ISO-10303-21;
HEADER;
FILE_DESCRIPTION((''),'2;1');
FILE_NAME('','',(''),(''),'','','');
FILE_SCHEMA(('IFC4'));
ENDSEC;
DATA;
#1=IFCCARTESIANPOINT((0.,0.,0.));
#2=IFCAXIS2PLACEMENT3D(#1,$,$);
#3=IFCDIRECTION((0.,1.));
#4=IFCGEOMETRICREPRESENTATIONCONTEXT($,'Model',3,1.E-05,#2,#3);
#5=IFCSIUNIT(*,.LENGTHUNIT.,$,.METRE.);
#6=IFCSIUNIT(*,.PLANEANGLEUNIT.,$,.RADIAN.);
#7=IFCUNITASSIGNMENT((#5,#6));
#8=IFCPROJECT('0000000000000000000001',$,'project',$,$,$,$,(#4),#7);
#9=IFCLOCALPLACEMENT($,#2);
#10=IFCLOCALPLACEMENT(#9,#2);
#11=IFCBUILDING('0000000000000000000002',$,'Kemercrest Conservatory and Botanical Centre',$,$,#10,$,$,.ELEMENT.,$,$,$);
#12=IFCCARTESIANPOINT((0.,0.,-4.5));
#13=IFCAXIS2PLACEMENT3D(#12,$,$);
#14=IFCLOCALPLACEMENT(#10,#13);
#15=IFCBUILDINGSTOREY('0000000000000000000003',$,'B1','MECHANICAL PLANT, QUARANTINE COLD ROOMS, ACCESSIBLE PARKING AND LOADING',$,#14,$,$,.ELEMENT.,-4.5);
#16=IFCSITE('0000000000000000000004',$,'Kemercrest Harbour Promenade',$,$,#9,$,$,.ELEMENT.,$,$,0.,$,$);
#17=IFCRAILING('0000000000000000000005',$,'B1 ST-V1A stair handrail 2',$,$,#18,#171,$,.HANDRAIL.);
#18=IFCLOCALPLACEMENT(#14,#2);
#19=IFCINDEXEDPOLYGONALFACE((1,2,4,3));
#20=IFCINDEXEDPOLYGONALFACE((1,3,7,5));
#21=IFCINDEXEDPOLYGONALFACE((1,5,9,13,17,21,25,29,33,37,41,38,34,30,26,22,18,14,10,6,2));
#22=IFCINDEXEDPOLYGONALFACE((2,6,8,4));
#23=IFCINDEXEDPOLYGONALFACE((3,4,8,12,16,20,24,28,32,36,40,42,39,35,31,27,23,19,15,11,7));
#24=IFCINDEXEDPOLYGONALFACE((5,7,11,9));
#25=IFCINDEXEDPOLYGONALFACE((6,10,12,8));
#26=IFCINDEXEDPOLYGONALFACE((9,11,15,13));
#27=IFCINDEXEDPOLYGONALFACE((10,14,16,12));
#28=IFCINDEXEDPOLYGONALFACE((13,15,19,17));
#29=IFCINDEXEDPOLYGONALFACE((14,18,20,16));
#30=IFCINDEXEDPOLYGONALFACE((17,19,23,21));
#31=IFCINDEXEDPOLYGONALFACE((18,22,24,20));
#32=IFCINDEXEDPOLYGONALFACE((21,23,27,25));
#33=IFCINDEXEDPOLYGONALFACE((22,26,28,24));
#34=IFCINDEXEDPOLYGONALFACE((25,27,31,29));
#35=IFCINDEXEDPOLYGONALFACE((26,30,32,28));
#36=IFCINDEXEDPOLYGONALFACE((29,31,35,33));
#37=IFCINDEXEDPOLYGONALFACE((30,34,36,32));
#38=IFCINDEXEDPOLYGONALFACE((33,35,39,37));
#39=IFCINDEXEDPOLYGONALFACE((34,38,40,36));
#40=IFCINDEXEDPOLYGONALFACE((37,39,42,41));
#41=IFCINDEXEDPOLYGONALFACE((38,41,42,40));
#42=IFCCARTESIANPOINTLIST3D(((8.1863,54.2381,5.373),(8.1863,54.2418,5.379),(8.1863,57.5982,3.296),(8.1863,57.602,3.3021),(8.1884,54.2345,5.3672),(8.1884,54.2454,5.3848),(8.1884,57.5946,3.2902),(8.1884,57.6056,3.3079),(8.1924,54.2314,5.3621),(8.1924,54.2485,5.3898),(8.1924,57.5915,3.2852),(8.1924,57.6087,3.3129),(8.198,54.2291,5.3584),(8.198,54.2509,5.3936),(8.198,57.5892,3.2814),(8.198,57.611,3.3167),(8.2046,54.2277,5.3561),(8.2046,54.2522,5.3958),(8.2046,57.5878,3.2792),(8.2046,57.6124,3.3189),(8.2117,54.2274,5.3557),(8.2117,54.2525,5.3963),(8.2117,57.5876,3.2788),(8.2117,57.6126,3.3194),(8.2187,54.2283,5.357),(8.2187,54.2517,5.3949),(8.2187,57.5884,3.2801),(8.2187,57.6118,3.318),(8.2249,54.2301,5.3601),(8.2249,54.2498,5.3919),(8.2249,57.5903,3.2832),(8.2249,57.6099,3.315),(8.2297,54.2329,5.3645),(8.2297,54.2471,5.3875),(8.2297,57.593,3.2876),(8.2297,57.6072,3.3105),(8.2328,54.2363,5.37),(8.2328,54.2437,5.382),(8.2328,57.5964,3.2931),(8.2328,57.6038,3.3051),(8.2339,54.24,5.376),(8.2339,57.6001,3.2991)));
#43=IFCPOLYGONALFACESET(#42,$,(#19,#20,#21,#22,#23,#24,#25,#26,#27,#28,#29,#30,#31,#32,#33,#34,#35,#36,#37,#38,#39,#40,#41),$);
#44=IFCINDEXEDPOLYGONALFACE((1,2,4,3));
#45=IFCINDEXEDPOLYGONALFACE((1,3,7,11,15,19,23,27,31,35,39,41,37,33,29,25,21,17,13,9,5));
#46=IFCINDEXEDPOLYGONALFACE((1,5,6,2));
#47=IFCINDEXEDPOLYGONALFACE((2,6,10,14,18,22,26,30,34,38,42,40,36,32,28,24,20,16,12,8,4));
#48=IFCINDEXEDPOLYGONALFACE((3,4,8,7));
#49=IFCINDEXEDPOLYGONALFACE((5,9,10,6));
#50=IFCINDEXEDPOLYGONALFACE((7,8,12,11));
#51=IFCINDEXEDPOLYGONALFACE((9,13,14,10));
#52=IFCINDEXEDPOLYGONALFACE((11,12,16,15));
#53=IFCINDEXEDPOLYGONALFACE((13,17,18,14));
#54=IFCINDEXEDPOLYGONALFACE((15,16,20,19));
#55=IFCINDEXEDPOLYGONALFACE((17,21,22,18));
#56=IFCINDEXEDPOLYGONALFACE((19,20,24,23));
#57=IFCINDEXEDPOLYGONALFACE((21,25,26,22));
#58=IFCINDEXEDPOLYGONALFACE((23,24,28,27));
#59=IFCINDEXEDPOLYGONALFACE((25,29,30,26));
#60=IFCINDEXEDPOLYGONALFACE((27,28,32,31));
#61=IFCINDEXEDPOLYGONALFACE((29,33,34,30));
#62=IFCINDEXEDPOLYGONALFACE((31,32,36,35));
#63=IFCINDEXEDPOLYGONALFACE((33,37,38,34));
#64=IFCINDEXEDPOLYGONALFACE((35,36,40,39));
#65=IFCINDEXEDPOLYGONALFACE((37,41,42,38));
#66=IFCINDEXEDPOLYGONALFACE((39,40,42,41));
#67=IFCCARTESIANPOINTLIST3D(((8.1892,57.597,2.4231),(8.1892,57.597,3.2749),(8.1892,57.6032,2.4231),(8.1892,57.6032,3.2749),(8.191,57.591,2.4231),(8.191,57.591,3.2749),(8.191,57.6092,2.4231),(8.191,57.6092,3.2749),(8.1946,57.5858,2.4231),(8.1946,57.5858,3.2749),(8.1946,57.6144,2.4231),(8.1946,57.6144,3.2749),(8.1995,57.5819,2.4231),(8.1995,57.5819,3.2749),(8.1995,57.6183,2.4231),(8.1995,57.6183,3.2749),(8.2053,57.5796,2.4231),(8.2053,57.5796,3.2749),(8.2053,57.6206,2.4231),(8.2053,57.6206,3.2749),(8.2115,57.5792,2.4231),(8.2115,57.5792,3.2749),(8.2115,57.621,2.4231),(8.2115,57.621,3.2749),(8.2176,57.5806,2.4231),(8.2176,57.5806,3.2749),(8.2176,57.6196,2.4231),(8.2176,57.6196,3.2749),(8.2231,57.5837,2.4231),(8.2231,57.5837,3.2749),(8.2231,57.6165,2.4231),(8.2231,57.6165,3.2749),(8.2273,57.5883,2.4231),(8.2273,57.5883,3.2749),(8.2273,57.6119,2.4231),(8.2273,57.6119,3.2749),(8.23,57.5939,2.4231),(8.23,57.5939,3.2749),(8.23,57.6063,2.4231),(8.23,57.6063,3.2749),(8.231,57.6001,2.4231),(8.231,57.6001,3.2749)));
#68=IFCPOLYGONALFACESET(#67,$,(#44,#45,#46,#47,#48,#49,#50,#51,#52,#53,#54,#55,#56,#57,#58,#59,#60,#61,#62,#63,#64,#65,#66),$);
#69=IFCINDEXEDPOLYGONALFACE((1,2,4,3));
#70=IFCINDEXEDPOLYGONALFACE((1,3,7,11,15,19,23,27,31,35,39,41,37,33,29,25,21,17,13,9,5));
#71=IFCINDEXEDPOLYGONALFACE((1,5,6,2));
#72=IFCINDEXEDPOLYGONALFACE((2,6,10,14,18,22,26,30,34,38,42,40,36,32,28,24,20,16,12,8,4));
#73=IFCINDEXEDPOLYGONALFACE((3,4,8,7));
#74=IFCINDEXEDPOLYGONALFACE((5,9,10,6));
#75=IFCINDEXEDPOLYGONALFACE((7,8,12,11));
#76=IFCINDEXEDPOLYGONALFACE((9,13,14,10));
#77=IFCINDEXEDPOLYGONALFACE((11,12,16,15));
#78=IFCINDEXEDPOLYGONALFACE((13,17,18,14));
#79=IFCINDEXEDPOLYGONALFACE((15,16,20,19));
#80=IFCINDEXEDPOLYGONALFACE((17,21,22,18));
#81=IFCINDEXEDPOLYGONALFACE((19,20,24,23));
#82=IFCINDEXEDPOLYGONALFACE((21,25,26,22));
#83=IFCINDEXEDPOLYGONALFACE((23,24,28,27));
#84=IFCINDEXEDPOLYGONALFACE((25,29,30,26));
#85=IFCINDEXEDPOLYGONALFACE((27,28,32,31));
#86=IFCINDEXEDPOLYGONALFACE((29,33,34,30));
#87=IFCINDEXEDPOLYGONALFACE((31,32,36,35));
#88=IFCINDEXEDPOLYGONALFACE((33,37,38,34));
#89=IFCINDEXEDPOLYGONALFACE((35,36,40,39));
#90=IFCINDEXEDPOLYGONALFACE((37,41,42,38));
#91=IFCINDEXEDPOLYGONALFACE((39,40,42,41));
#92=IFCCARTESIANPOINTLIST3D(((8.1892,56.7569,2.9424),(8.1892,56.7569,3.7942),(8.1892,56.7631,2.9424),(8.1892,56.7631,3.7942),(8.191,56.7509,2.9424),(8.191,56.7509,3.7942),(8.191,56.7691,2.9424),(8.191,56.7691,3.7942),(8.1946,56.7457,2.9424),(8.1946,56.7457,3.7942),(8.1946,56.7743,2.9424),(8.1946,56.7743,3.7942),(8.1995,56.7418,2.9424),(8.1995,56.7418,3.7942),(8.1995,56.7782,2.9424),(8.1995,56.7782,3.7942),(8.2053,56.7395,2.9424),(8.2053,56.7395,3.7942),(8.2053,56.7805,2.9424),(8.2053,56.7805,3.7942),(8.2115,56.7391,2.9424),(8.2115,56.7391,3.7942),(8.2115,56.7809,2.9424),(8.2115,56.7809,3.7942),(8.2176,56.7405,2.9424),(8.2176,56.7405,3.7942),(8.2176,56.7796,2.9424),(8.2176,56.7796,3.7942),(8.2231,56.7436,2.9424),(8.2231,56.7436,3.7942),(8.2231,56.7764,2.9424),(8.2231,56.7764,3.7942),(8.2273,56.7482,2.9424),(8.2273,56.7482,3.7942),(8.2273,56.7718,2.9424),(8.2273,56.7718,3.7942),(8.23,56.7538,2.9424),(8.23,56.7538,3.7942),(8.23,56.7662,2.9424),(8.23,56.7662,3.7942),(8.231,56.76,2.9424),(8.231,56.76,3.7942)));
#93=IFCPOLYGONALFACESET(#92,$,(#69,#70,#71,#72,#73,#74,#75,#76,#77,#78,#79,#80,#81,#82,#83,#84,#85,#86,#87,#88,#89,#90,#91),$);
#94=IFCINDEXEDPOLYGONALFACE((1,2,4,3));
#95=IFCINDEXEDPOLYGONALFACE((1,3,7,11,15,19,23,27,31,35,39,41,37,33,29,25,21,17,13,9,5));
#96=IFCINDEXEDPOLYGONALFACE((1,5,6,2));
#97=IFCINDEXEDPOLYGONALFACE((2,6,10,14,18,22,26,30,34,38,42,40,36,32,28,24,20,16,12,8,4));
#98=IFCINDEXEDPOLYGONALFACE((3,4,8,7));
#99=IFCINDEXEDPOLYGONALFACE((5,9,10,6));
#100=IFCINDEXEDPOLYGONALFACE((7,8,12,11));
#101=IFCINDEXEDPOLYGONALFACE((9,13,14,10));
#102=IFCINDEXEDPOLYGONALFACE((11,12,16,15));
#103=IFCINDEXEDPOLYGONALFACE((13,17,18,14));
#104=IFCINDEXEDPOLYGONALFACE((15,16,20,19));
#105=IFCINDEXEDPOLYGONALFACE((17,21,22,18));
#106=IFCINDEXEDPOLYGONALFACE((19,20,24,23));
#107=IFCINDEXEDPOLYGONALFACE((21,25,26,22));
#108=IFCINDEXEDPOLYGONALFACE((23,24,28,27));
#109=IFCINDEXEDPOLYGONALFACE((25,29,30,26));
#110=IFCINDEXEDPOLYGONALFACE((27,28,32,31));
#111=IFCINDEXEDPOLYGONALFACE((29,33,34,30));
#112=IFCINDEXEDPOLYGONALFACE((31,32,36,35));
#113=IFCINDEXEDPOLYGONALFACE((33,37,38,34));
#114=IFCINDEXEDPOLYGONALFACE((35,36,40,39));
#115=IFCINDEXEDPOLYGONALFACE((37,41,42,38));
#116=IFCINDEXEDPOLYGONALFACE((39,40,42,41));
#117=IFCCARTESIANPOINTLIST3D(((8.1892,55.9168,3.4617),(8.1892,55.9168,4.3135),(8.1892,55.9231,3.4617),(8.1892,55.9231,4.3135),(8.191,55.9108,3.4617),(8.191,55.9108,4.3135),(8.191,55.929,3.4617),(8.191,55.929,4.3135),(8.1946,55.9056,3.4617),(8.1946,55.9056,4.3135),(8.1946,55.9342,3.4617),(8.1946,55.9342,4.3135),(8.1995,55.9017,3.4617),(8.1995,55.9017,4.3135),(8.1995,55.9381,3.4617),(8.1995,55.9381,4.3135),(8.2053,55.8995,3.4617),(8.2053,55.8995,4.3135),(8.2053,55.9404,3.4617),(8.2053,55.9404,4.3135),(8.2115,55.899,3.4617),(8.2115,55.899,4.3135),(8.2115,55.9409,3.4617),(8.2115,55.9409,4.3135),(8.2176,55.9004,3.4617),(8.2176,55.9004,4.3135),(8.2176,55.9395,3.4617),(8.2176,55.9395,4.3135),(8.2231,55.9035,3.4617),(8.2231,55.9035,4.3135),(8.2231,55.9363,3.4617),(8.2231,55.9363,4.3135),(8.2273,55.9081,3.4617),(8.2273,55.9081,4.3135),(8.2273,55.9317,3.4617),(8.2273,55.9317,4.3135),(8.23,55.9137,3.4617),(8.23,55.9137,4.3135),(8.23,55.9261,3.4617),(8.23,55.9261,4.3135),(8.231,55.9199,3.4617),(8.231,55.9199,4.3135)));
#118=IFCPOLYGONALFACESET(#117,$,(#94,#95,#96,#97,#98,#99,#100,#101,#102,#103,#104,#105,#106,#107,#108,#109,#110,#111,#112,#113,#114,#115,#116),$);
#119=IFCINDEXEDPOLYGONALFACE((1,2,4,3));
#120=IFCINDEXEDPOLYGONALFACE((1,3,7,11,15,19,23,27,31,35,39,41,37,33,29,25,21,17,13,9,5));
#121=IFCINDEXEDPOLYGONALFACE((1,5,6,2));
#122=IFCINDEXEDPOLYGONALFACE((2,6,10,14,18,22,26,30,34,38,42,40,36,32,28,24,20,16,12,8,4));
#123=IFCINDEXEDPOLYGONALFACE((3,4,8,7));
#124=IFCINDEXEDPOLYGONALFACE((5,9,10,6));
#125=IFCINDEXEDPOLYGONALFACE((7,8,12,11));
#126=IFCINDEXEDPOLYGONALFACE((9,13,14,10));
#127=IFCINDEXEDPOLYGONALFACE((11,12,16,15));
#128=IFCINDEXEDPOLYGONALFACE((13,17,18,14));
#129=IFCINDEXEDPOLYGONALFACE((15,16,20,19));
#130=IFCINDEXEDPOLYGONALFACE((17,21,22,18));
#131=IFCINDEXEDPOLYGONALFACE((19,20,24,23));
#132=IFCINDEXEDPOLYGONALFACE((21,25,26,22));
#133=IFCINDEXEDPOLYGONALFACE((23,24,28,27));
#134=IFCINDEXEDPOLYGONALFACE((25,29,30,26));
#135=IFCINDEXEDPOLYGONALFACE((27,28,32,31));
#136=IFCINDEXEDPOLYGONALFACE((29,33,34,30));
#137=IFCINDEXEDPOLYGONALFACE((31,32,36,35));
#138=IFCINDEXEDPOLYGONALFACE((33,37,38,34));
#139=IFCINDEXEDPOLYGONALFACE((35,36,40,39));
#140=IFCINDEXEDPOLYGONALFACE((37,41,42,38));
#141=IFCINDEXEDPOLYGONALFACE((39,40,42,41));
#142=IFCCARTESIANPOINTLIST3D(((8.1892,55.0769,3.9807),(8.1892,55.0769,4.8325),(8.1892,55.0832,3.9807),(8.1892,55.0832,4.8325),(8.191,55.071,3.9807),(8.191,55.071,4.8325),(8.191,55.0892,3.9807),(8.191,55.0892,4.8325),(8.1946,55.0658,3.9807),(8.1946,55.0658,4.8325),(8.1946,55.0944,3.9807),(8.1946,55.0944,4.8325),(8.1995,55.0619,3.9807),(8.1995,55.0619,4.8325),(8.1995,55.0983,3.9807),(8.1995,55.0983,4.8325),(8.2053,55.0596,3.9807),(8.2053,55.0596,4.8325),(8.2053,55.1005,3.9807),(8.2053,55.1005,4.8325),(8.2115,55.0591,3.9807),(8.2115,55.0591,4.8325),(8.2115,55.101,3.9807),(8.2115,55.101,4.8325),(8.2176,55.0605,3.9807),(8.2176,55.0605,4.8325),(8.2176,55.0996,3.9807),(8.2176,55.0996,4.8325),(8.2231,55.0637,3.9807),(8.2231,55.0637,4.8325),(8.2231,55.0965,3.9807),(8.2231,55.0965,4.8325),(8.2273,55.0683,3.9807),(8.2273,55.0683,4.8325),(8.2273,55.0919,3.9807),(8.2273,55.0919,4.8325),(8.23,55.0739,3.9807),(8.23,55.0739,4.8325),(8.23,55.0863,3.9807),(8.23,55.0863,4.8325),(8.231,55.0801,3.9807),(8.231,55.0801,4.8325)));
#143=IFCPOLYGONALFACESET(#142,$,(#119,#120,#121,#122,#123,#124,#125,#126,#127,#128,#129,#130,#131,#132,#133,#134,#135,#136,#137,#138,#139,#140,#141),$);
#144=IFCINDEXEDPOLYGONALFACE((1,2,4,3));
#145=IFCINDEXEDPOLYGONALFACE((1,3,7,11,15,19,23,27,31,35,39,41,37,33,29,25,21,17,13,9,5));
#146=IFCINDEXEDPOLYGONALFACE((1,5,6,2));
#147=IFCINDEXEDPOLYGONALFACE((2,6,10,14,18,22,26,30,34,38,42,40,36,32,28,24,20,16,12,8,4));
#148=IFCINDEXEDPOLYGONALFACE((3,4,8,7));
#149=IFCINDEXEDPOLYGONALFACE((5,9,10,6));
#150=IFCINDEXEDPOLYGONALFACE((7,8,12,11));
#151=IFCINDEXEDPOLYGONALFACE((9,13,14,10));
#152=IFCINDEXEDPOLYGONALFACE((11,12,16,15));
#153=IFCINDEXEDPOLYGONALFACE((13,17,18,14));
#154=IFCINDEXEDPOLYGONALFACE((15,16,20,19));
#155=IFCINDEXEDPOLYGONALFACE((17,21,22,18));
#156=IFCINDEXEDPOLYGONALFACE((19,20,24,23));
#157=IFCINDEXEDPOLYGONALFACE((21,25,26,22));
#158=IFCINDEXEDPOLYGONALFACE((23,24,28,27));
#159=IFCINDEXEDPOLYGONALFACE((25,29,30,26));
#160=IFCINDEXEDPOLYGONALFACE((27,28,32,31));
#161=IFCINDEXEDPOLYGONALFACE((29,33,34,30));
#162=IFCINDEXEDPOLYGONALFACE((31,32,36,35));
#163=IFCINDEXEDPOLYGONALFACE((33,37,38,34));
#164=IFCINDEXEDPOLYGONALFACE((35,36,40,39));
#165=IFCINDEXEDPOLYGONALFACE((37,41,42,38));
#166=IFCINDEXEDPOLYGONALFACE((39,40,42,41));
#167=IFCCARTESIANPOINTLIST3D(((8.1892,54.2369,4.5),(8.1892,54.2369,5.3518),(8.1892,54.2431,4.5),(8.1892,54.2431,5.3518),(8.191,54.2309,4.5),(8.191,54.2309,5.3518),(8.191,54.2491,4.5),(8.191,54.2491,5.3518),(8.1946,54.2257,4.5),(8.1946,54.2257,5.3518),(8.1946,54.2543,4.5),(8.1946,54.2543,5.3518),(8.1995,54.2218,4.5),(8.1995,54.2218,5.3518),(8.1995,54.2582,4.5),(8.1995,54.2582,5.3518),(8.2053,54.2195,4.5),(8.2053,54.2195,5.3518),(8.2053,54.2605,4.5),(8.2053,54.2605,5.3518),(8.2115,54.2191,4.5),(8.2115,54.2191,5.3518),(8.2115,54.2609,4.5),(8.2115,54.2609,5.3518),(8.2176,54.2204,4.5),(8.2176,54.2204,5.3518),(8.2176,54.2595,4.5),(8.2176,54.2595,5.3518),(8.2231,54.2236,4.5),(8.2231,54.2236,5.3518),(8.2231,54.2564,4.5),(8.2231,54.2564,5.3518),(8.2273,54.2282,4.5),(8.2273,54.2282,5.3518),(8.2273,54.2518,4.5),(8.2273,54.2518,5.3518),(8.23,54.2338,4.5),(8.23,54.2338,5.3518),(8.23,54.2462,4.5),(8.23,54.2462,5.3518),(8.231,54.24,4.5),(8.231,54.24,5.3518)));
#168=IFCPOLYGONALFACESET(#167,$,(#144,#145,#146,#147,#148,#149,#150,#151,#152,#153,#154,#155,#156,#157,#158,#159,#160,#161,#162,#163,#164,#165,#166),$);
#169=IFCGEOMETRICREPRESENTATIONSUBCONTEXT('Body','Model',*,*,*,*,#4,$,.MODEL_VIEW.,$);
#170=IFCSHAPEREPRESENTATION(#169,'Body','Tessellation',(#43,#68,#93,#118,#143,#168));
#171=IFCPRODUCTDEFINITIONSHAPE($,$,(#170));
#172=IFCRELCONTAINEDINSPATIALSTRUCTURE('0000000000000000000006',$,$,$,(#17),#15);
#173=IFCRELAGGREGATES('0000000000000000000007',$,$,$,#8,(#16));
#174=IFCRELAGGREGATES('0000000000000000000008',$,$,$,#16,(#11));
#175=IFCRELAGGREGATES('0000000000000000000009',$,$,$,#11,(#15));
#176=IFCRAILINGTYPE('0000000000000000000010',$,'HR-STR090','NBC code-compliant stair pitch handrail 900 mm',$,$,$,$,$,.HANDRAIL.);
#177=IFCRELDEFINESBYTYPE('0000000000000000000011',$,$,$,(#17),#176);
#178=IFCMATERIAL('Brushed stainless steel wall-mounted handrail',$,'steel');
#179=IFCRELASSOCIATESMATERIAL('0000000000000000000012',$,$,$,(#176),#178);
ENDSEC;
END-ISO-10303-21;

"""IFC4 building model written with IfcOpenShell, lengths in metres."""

from ifc_helpers import new_model, si_unit, direction, frame, origin, origin_2d, place, context, subcontext, project, spatial, circle, extrude, material, type_object, element, save


model = new_model("IFC4")

# Units and contexts
model_context = context("Model", 3, precision=1e-05, world=origin(), true_north=direction((0.0, 1.0)))
body_context = subcontext(model_context, "Body", "Model", "MODEL_VIEW")
ifc_project = project(units=[si_unit("LENGTHUNIT", "METRE"), si_unit("PLANEANGLEUNIT", "RADIAN")], contexts=[model_context])

# Site, building, storey
site_placement = place(None, origin())
site = spatial("IfcSite", under=ifc_project, at=site_placement, Name="Kemercrest Harbour Promenade", CompositionType="ELEMENT", RefElevation=0.0)
building_placement = place(site_placement, origin())
building = spatial("IfcBuilding", under=site, at=building_placement, Name="Kemercrest Conservatory and Botanical Centre", CompositionType="ELEMENT")
storey_placement = place(building_placement, frame((0.0, 0.0, -4.5)))
storey = spatial("IfcBuildingStorey", under=building, at=storey_placement, Name="B1", Description="MECHANICAL PLANT, QUARANTINE COLD ROOMS, ACCESSIBLE PARKING AND LOADING", CompositionType="ELEMENT", Elevation=-4.5)

# Railing
ifc_material_1 = material(Name="Brushed stainless steel wall-mounted handrail", Category="steel")
railing_type_1 = type_object("IfcRailingType", Name="HR-STR090", Description="NBC code-compliant stair pitch handrail 900 mm", PredefinedType="HANDRAIL", material=ifc_material_1)
railing_1_placement = place(storey_placement, frame((8.21, 57.6001, 2.4231)))
element("IfcRailing", 1, at=railing_1_placement, inside=storey, type_object=railing_type_1, Name="B1 ST-V1A stair handrail 2", PredefinedType="HANDRAIL", context=body_context, shape_type="SweptSolid", body=[
    extrude(circle(Radius=0.0239, at=origin_2d()), frame((0.0, 0.0, 0.876), z_axis=(0.0, -0.850623, 0.525776), x_axis=(1.0, 0.0, 0.0)), (0.0, 0.0, 1.0), 3.9502),
    extrude(circle(Radius=0.021, at=origin_2d()), origin(), (0.0, 0.0, 1.0), 0.8518),
    extrude(circle(Radius=0.021, at=origin_2d()), frame((0.0, -0.8401, 0.5193)), (0.0, 0.0, 1.0), 0.8518),
    extrude(circle(Radius=0.021, at=origin_2d()), frame((0.0, -1.6802, 1.0386)), (0.0, 0.0, 1.0), 0.8518),
    extrude(circle(Radius=0.021, at=origin_2d()), frame((0.0, -2.52, 1.5576)), (0.0, 0.0, 1.0), 0.8518),
    extrude(circle(Radius=0.021, at=origin_2d()), frame((0.0, -3.3601, 2.0769)), (0.0, 0.0, 1.0), 0.8518),
])

save(model, "model.ifc")
